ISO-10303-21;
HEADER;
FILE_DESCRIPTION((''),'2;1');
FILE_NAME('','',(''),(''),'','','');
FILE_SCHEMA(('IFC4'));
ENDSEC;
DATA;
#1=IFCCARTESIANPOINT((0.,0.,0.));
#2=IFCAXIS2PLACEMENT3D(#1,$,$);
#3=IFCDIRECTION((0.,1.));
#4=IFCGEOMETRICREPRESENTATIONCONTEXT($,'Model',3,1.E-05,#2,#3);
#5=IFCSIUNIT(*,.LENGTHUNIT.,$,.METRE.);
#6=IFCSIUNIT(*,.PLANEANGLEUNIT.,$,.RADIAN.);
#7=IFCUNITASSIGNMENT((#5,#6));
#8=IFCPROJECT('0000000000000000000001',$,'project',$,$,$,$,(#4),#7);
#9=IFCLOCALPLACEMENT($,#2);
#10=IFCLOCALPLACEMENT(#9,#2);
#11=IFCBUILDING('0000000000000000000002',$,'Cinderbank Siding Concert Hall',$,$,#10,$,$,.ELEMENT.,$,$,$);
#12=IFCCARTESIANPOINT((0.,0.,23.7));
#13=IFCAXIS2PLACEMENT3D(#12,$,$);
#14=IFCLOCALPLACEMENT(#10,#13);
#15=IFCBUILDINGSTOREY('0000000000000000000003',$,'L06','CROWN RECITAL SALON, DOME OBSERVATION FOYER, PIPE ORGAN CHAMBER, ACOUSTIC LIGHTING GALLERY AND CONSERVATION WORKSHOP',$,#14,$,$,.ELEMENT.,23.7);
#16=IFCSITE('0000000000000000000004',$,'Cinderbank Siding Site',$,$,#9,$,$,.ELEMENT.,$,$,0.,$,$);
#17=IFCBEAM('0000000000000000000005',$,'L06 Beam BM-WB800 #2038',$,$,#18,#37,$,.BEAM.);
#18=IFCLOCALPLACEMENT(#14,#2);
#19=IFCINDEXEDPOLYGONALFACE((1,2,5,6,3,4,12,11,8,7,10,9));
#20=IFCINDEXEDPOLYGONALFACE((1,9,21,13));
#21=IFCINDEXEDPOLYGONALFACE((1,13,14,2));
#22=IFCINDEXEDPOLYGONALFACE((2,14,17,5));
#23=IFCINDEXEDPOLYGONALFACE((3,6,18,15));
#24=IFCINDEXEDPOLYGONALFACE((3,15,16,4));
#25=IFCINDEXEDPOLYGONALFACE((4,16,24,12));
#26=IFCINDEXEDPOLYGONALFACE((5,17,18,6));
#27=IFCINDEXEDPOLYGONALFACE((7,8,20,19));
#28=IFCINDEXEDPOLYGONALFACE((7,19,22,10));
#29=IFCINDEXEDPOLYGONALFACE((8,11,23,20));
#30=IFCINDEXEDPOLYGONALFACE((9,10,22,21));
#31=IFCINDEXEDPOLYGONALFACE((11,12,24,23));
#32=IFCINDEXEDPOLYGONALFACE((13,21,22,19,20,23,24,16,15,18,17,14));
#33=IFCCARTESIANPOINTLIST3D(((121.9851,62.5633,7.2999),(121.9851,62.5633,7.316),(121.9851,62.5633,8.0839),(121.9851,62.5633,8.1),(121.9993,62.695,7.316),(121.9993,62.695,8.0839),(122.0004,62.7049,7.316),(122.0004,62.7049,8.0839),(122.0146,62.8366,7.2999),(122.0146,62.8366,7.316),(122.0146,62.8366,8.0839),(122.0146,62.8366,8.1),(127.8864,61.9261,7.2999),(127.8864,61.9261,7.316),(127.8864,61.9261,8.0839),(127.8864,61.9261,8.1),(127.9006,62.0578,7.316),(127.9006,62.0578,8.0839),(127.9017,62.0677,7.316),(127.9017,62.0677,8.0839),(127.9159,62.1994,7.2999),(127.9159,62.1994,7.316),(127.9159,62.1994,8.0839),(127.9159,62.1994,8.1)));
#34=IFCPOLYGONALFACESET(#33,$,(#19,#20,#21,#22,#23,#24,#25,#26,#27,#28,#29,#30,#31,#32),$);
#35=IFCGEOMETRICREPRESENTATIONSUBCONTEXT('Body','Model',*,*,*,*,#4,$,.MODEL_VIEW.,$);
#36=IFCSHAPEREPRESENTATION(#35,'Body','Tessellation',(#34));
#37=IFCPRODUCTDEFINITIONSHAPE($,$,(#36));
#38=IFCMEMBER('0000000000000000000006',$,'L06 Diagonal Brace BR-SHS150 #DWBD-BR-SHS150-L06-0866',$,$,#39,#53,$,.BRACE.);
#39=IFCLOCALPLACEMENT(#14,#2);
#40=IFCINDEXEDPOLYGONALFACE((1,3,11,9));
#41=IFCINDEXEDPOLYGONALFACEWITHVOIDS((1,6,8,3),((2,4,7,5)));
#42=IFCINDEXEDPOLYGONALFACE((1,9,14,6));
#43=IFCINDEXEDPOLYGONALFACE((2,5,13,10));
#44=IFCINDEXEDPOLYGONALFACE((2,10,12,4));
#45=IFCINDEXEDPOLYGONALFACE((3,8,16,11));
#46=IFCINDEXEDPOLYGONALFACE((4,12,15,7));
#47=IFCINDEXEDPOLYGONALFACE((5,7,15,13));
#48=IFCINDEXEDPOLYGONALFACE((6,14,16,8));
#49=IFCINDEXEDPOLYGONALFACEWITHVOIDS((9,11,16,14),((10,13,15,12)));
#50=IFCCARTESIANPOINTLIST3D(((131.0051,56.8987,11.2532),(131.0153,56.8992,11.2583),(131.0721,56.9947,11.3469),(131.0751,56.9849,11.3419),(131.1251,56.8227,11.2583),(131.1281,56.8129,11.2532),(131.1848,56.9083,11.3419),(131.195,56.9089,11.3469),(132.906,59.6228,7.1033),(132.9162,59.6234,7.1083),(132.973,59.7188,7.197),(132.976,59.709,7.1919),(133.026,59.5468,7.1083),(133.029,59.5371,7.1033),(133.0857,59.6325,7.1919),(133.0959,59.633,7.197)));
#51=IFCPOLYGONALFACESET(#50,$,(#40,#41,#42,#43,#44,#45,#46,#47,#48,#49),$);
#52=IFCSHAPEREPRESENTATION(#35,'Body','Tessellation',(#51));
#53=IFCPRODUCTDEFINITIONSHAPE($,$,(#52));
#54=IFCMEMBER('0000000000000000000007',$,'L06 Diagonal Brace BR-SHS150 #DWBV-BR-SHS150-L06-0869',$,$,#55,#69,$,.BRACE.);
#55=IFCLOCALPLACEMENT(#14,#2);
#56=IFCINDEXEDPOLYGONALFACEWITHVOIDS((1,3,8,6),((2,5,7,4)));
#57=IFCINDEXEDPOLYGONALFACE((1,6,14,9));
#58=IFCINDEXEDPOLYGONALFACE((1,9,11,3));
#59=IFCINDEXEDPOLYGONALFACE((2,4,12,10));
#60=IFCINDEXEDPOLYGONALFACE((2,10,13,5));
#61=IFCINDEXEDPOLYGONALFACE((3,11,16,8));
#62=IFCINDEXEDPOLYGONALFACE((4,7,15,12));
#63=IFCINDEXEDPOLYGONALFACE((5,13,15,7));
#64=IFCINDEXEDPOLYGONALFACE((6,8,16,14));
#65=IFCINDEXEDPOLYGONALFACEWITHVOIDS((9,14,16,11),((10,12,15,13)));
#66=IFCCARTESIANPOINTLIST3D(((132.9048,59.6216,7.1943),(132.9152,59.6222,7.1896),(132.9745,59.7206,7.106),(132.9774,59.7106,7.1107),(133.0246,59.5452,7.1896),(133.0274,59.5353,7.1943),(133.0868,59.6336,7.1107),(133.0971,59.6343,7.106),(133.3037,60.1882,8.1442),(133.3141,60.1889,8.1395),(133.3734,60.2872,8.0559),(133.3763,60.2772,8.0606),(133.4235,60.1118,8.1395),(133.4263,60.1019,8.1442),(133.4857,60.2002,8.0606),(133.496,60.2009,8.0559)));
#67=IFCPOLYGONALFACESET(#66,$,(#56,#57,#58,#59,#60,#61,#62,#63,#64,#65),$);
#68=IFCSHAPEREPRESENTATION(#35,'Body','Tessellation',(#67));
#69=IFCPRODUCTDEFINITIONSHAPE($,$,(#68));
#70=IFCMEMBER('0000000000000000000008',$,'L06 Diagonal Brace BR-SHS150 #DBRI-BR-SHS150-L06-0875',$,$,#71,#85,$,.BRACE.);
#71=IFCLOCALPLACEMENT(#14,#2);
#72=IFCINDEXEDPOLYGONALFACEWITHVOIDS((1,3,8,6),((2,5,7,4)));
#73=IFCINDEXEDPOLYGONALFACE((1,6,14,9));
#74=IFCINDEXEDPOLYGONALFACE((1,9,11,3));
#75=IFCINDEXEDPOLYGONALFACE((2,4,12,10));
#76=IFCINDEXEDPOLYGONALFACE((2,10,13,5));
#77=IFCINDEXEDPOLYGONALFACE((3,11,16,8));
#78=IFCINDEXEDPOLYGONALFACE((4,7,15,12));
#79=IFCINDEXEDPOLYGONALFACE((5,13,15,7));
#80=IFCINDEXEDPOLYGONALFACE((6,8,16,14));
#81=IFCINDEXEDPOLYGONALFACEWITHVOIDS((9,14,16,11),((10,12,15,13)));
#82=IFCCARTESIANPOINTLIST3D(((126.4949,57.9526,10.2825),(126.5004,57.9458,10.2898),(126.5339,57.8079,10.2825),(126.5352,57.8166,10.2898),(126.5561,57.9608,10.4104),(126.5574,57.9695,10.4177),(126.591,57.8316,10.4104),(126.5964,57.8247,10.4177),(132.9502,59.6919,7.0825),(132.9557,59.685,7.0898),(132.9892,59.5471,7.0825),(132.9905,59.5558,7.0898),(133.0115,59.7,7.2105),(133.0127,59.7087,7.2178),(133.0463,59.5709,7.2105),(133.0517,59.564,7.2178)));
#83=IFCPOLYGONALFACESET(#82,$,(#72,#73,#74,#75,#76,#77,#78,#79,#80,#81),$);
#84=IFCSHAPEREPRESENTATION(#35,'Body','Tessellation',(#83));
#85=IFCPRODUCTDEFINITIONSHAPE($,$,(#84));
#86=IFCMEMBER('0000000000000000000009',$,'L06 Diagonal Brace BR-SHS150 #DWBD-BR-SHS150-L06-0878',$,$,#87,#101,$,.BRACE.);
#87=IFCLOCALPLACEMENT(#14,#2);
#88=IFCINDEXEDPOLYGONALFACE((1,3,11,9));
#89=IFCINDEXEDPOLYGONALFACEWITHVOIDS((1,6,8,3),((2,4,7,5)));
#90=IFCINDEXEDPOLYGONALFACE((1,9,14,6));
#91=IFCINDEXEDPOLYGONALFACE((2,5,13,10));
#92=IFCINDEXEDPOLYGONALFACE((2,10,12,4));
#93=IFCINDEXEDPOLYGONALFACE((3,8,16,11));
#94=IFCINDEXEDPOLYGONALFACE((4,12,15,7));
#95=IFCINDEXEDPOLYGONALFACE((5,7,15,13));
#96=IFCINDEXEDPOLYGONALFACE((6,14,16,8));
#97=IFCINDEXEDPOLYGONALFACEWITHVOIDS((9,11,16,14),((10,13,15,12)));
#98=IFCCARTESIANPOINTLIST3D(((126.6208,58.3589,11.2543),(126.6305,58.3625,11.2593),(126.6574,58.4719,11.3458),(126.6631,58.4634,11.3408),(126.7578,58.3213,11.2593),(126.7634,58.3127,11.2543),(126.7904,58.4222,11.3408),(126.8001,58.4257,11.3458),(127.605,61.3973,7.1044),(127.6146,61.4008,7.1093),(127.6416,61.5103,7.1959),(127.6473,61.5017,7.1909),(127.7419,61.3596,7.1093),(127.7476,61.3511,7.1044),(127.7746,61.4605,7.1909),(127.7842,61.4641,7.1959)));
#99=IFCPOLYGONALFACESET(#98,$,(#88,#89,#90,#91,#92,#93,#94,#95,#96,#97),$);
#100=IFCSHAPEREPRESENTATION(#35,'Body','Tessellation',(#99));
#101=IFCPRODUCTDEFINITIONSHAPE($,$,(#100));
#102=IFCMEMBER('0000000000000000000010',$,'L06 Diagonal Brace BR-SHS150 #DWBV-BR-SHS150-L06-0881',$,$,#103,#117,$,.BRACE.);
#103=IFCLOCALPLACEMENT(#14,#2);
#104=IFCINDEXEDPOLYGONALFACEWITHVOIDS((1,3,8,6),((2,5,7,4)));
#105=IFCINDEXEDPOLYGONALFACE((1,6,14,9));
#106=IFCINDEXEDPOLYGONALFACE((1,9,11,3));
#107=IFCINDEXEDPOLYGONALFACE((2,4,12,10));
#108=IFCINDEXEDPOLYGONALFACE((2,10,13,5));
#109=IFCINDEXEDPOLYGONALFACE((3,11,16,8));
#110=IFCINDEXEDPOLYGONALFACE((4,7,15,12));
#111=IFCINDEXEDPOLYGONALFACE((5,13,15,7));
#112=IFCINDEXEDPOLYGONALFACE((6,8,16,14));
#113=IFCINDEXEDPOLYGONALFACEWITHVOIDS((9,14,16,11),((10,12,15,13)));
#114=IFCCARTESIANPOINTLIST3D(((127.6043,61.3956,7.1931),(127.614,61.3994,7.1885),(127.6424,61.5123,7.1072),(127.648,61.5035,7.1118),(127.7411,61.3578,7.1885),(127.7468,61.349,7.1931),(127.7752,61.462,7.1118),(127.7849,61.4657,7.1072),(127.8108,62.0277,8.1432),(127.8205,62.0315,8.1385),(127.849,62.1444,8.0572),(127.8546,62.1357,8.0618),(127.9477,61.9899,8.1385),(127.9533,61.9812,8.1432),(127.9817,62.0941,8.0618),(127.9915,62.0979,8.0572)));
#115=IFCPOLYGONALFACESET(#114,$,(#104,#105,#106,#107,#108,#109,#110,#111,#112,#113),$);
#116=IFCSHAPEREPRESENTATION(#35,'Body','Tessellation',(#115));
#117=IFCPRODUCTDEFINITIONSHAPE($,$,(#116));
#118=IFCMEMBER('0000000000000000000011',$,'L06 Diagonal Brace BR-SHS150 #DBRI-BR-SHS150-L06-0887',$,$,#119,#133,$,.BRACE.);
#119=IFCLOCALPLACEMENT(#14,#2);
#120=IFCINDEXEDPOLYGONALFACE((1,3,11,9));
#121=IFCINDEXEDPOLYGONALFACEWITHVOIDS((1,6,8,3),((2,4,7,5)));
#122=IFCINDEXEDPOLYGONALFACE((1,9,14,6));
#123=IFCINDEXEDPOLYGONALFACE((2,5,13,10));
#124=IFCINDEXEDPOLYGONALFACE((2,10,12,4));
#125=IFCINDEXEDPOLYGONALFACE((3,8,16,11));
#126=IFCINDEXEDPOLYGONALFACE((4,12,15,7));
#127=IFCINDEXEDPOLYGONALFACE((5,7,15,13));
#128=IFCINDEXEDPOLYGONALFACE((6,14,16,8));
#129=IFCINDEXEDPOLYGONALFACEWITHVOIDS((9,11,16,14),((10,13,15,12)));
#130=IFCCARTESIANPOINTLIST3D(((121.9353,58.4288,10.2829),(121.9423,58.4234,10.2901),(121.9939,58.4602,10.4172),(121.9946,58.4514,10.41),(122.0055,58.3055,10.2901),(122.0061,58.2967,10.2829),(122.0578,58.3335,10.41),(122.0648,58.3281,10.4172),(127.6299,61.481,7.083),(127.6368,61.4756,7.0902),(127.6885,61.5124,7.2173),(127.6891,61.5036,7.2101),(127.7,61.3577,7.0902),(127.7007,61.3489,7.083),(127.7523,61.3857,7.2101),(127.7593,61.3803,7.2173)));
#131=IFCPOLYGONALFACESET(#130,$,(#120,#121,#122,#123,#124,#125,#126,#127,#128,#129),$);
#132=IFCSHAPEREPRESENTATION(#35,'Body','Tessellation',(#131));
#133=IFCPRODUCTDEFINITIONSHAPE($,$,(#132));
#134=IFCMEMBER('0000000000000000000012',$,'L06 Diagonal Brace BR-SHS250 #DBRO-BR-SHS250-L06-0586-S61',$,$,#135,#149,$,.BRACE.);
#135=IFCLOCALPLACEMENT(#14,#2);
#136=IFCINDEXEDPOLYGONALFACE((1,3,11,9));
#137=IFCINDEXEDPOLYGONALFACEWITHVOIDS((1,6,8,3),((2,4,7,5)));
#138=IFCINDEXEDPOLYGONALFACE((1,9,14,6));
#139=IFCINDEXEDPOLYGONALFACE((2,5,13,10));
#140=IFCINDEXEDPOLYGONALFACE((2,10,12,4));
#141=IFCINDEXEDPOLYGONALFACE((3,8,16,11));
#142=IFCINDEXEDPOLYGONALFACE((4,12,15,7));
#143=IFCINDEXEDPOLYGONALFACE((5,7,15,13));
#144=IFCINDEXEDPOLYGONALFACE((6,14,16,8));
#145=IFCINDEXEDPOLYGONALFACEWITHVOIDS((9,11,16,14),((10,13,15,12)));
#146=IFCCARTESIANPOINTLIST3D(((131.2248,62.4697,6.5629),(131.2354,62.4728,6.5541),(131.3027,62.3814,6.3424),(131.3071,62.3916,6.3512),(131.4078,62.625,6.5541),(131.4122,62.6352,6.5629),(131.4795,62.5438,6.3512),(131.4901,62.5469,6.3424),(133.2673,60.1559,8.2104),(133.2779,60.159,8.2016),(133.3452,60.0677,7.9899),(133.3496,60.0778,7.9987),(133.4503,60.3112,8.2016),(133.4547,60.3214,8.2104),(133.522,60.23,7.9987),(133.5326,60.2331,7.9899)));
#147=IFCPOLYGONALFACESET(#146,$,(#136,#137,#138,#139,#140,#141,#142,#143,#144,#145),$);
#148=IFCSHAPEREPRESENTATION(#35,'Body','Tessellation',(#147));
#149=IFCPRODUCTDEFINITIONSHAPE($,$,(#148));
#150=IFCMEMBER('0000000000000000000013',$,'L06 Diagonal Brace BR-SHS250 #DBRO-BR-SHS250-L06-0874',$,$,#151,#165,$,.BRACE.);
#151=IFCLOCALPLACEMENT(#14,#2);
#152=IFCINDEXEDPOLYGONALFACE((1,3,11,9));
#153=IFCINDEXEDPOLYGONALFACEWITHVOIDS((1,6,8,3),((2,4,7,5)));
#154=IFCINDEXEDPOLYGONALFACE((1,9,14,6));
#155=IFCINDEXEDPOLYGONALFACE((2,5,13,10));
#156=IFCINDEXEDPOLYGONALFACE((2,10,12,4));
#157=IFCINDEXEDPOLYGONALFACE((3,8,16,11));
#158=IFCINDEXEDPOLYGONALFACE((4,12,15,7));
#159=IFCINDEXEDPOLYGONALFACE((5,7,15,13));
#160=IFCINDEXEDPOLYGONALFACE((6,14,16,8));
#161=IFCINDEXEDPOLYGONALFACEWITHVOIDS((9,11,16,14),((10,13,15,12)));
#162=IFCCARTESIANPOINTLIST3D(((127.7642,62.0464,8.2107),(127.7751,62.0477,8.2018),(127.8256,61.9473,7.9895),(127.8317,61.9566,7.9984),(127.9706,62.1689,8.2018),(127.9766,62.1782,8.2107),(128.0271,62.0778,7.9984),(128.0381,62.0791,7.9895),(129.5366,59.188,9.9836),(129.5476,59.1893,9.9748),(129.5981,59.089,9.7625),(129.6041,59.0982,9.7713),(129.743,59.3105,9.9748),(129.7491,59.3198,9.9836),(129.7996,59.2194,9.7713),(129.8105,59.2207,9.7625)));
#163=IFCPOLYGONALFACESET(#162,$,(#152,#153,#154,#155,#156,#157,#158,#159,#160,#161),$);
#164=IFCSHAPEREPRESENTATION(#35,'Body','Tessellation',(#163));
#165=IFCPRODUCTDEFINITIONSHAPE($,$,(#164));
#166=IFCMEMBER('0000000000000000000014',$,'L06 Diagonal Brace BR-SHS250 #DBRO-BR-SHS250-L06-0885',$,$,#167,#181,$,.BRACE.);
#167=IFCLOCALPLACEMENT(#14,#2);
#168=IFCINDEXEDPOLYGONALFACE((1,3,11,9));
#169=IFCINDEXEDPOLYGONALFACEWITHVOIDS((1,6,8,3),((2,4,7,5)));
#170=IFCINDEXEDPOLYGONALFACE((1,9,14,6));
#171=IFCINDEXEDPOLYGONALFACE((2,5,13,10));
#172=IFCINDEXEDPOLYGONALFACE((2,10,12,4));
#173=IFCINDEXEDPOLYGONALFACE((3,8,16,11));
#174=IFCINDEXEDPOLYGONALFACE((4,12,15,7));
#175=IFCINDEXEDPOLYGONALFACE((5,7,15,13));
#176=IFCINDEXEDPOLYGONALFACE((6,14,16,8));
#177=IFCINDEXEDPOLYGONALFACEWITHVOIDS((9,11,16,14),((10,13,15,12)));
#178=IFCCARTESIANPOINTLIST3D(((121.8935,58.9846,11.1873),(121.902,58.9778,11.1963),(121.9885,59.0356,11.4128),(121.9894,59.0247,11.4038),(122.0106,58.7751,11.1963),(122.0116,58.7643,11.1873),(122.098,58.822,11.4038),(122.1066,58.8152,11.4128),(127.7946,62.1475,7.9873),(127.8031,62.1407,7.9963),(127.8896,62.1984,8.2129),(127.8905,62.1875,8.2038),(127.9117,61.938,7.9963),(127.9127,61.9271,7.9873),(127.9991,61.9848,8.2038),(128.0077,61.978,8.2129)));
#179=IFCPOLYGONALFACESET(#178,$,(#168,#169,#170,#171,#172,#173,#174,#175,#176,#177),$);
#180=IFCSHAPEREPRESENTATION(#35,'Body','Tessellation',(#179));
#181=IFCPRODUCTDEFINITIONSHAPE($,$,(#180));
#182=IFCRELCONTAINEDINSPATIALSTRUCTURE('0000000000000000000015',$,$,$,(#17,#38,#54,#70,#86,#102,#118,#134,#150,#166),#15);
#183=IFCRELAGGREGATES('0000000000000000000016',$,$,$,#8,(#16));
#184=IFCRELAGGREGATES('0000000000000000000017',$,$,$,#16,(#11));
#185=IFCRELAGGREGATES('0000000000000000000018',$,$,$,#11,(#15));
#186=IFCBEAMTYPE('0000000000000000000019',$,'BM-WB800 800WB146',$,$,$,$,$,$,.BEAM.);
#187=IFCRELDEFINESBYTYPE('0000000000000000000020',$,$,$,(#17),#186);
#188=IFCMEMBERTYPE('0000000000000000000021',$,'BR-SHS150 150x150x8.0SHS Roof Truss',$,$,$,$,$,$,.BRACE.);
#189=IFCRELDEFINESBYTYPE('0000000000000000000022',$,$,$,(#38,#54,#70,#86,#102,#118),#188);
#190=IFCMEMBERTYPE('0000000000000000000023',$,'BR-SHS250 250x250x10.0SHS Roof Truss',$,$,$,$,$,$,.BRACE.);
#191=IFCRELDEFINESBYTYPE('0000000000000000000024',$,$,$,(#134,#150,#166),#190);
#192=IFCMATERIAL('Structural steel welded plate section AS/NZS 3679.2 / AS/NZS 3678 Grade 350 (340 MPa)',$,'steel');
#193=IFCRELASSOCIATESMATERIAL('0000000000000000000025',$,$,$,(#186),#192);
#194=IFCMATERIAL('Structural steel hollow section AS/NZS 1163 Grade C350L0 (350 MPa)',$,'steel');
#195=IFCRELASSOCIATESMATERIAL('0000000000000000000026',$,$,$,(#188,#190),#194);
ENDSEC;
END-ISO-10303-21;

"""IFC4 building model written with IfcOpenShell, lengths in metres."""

from ifc_helpers import new_model, si_unit, direction, frame, origin, origin_2d, place, context, subcontext, project, spatial, hollow_rectangle, i_section, extrude, material, material_profile, profile_set, type_object, element, save


model = new_model("IFC4")

# Units and contexts
model_context = context("Model", 3, precision=1e-05, world=origin(), true_north=direction((0.0, 1.0)))
body_context = subcontext(model_context, "Body", "Model", "MODEL_VIEW")
ifc_project = project(units=[si_unit("LENGTHUNIT", "METRE"), si_unit("PLANEANGLEUNIT", "RADIAN")], contexts=[model_context])

# Site, building, storey
site_placement = place(None, origin())
site = spatial("IfcSite", under=ifc_project, at=site_placement, Name="Cinderbank Siding Site", CompositionType="ELEMENT", RefElevation=0.0)
building_placement = place(site_placement, origin())
building = spatial("IfcBuilding", under=site, at=building_placement, Name="Cinderbank Siding Concert Hall", CompositionType="ELEMENT")
storey_placement = place(building_placement, frame((0.0, 0.0, 23.7)))
storey = spatial("IfcBuildingStorey", under=building, at=storey_placement, Name="L06", Description="CROWN RECITAL SALON, DOME OBSERVATION FOYER, PIPE ORGAN CHAMBER, ACOUSTIC LIGHTING GALLERY AND CONSERVATION WORKSHOP", CompositionType="ELEMENT", Elevation=23.7)

# Beam
ifc_material_1 = material(Name="Structural steel welded plate section AS/NZS 3679.2 / AS/NZS 3678 Grade 350 (340 MPa)", Category="steel")
ifc_material_profile_1 = material_profile(ifc_material_1, i_section(OverallWidth=0.2749, OverallDepth=0.8, WebThickness=0.01, FlangeThickness=0.0161, at=origin_2d()), Name="800WB146", Category="LoadBearing")
ifc_profile_set_1 = profile_set([ifc_material_profile_1], Name="Structural steel welded plate section AS/NZS 3679.2 / AS/NZS 3678 Grade 350 (340 MPa)")
beam_type = type_object("IfcBeamType", Name="BM-WB800 800WB146", PredefinedType="BEAM", material=ifc_profile_set_1)
beam_placement = place(storey_placement, frame((127.9011, 62.0627, 7.7), z_axis=(-0.994221, 0.107357, 0.0), x_axis=(-0.107357, -0.994221, 0.0)))
element("IfcBeam", 1, at=beam_placement, inside=storey, type_object=beam_type, Name="L06 Beam BM-WB800 #2038", PredefinedType="BEAM", context=body_context, shape_type="SweptSolid", body=[
    extrude(i_section(OverallWidth=0.2749, OverallDepth=0.8, WebThickness=0.01, FlangeThickness=0.0161, at=origin_2d()), origin(), (0.0, 0.0, 1.0), 5.9355),
])

# Members
ifc_material_2 = material(Name="Structural steel hollow section AS/NZS 1163 Grade C350L0 (350 MPa)", Category="steel")
ifc_material_profile_2 = material_profile(ifc_material_2, hollow_rectangle(XDim=0.1499, YDim=0.1499, WallThickness=0.0081, at=origin_2d()), Name="150x150x8.0SHS", Category="LoadBearing")
ifc_profile_set_2 = profile_set([ifc_material_profile_2], Name="Structural steel hollow section AS/NZS 1163 Grade C350L0 (350 MPa)")
member_type_1 = type_object("IfcMemberType", Name="BR-SHS150 150x150x8.0SHS Roof Truss", PredefinedType="BRACE", material=ifc_profile_set_2)
member_1_placement = place(storey_placement, frame((133.001, 59.6279, 7.1501), z_axis=(-0.357602, -0.512474, 0.780699), x_axis=(0.82008, -0.572248, 0.0)))
element("IfcMember", 2, at=member_1_placement, inside=storey, type_object=member_type_1, Name="L06 Diagonal Brace BR-SHS150 #DWBD-BR-SHS150-L06-0866", PredefinedType="BRACE", context=body_context, shape_type="SweptSolid", body=[
    extrude(hollow_rectangle(XDim=0.1499, YDim=0.1499, WallThickness=0.0081, at=origin_2d()), origin(), (0.0, 0.0, 1.0), 5.3157),
])
member_2_placement = place(storey_placement, frame((133.001, 59.6279, 7.1501), z_axis=(0.339264, 0.481904, 0.807879), x_axis=(-0.81769, 0.575659, 0.0)))
element("IfcMember", 3, at=member_2_placement, inside=storey, type_object=member_type_1, Name="L06 Diagonal Brace BR-SHS150 #DWBV-BR-SHS150-L06-0869", PredefinedType="BRACE", context=body_context, shape_type="SweptSolid", body=[
    extrude(hollow_rectangle(XDim=0.1499, YDim=0.1499, WallThickness=0.0081, at=origin_2d()), origin(), (0.0, 0.0, 1.0), 1.1758),
])
member_3_placement = place(storey_placement, frame((133.001, 59.6279, 7.1501), z_axis=(-0.870943, -0.234658, 0.431733), x_axis=(0.260153, -0.965567, 0.0)))
element("IfcMember", 4, at=member_3_placement, inside=storey, type_object=member_type_1, Name="L06 Diagonal Brace BR-SHS150 #DBRI-BR-SHS150-L06-0875", PredefinedType="BRACE", context=body_context, shape_type="SweptSolid", body=[
    extrude(hollow_rectangle(XDim=0.1499, YDim=0.1499, WallThickness=0.0081, at=origin_2d()), origin(), (0.0, 0.0, 1.0), 7.4119),
])
member_4_placement = place(storey_placement, frame((127.6946, 61.4307, 7.1501), z_axis=(-0.187934, -0.580214, 0.792485), x_axis=(0.95134, -0.308144, 0.0)))
element("IfcMember", 5, at=member_4_placement, inside=storey, type_object=member_type_1, Name="L06 Diagonal Brace BR-SHS150 #DWBD-BR-SHS150-L06-0878", PredefinedType="BRACE", context=body_context, shape_type="SweptSolid", body=[
    extrude(hollow_rectangle(XDim=0.1499, YDim=0.1499, WallThickness=0.0081, at=origin_2d()), origin(), (0.0, 0.0, 1.0), 5.2366),
])
member_5_placement = place(storey_placement, frame((127.6946, 61.4307, 7.1501), z_axis=(0.178121, 0.545101, 0.81923), x_axis=(-0.950539, 0.310605, 0.0)))
element("IfcMember", 6, at=member_5_placement, inside=storey, type_object=member_type_1, Name="L06 Diagonal Brace BR-SHS150 #DWBV-BR-SHS150-L06-0881", PredefinedType="BRACE", context=body_context, shape_type="SweptSolid", body=[
    extrude(hollow_rectangle(XDim=0.1499, YDim=0.1499, WallThickness=0.0081, at=origin_2d()), origin(), (0.0, 0.0, 1.0), 1.1597),
])
member_6_placement = place(storey_placement, frame((127.6946, 61.4307, 7.1501), z_axis=(-0.789817, -0.423335, 0.443821), x_axis=(0.472411, -0.881378, 0.0)))
element("IfcMember", 7, at=member_6_placement, inside=storey, type_object=member_type_1, Name="L06 Diagonal Brace BR-SHS150 #DBRI-BR-SHS150-L06-0887", PredefinedType="BRACE", context=body_context, shape_type="SweptSolid", body=[
    extrude(hollow_rectangle(XDim=0.1499, YDim=0.1499, WallThickness=0.0081, at=origin_2d()), origin(), (0.0, 0.0, 1.0), 7.21),
])
ifc_material_profile_3 = material_profile(ifc_material_2, hollow_rectangle(XDim=0.25, YDim=0.25, WallThickness=0.01, at=origin_2d()), Name="250x250x10.0SHS", Category="LoadBearing")
ifc_profile_set_3 = profile_set([ifc_material_profile_3], Name="Structural steel hollow section AS/NZS 1163 Grade C350L0 (350 MPa)")
member_type_2 = type_object("IfcMemberType", Name="BR-SHS250 250x250x10.0SHS Roof Truss", PredefinedType="BRACE", material=ifc_profile_set_3)
member_7_placement = place(storey_placement, frame((131.3574, 62.5083, 6.4526), z_axis=(0.583824, -0.661356, 0.470912), x_axis=(0.749683, 0.661797, 0.0)))
element("IfcMember", 8, at=member_7_placement, inside=storey, type_object=member_type_2, Name="L06 Diagonal Brace BR-SHS250 #DBRO-BR-SHS250-L06-0586-S61", PredefinedType="BRACE", context=body_context, shape_type="SweptSolid", body=[
    extrude(hollow_rectangle(XDim=0.25, YDim=0.25, WallThickness=0.01, at=origin_2d()), origin(), (0.0, 0.0, 1.0), 3.4985),
])
member_8_placement = place(storey_placement, frame((127.9011, 62.0627, 8.1001), z_axis=(0.466188, -0.751809, 0.466317), x_axis=(0.849869, 0.526994, 0.0)))
element("IfcMember", 9, at=member_8_placement, inside=storey, type_object=member_type_2, Name="L06 Diagonal Brace BR-SHS250 #DBRO-BR-SHS250-L06-0874", PredefinedType="BRACE", context=body_context, shape_type="SweptSolid", body=[
    extrude(hollow_rectangle(XDim=0.25, YDim=0.25, WallThickness=0.01, at=origin_2d()), origin(), (0.0, 0.0, 1.0), 3.802),
])
member_9_placement = place(storey_placement, frame((127.9011, 62.0627, 8.1001), z_axis=(-0.795227, -0.42622, 0.431221), x_axis=(0.472398, -0.881385, 0.0)))
element("IfcMember", 10, at=member_9_placement, inside=storey, type_object=member_type_2, Name="L06 Diagonal Brace BR-SHS250 #DBRO-BR-SHS250-L06-0885", PredefinedType="BRACE", context=body_context, shape_type="SweptSolid", body=[
    extrude(hollow_rectangle(XDim=0.25, YDim=0.25, WallThickness=0.01, at=origin_2d()), origin(), (0.0, 0.0, 1.0), 7.4207),
])

save(model, "model.ifc")
